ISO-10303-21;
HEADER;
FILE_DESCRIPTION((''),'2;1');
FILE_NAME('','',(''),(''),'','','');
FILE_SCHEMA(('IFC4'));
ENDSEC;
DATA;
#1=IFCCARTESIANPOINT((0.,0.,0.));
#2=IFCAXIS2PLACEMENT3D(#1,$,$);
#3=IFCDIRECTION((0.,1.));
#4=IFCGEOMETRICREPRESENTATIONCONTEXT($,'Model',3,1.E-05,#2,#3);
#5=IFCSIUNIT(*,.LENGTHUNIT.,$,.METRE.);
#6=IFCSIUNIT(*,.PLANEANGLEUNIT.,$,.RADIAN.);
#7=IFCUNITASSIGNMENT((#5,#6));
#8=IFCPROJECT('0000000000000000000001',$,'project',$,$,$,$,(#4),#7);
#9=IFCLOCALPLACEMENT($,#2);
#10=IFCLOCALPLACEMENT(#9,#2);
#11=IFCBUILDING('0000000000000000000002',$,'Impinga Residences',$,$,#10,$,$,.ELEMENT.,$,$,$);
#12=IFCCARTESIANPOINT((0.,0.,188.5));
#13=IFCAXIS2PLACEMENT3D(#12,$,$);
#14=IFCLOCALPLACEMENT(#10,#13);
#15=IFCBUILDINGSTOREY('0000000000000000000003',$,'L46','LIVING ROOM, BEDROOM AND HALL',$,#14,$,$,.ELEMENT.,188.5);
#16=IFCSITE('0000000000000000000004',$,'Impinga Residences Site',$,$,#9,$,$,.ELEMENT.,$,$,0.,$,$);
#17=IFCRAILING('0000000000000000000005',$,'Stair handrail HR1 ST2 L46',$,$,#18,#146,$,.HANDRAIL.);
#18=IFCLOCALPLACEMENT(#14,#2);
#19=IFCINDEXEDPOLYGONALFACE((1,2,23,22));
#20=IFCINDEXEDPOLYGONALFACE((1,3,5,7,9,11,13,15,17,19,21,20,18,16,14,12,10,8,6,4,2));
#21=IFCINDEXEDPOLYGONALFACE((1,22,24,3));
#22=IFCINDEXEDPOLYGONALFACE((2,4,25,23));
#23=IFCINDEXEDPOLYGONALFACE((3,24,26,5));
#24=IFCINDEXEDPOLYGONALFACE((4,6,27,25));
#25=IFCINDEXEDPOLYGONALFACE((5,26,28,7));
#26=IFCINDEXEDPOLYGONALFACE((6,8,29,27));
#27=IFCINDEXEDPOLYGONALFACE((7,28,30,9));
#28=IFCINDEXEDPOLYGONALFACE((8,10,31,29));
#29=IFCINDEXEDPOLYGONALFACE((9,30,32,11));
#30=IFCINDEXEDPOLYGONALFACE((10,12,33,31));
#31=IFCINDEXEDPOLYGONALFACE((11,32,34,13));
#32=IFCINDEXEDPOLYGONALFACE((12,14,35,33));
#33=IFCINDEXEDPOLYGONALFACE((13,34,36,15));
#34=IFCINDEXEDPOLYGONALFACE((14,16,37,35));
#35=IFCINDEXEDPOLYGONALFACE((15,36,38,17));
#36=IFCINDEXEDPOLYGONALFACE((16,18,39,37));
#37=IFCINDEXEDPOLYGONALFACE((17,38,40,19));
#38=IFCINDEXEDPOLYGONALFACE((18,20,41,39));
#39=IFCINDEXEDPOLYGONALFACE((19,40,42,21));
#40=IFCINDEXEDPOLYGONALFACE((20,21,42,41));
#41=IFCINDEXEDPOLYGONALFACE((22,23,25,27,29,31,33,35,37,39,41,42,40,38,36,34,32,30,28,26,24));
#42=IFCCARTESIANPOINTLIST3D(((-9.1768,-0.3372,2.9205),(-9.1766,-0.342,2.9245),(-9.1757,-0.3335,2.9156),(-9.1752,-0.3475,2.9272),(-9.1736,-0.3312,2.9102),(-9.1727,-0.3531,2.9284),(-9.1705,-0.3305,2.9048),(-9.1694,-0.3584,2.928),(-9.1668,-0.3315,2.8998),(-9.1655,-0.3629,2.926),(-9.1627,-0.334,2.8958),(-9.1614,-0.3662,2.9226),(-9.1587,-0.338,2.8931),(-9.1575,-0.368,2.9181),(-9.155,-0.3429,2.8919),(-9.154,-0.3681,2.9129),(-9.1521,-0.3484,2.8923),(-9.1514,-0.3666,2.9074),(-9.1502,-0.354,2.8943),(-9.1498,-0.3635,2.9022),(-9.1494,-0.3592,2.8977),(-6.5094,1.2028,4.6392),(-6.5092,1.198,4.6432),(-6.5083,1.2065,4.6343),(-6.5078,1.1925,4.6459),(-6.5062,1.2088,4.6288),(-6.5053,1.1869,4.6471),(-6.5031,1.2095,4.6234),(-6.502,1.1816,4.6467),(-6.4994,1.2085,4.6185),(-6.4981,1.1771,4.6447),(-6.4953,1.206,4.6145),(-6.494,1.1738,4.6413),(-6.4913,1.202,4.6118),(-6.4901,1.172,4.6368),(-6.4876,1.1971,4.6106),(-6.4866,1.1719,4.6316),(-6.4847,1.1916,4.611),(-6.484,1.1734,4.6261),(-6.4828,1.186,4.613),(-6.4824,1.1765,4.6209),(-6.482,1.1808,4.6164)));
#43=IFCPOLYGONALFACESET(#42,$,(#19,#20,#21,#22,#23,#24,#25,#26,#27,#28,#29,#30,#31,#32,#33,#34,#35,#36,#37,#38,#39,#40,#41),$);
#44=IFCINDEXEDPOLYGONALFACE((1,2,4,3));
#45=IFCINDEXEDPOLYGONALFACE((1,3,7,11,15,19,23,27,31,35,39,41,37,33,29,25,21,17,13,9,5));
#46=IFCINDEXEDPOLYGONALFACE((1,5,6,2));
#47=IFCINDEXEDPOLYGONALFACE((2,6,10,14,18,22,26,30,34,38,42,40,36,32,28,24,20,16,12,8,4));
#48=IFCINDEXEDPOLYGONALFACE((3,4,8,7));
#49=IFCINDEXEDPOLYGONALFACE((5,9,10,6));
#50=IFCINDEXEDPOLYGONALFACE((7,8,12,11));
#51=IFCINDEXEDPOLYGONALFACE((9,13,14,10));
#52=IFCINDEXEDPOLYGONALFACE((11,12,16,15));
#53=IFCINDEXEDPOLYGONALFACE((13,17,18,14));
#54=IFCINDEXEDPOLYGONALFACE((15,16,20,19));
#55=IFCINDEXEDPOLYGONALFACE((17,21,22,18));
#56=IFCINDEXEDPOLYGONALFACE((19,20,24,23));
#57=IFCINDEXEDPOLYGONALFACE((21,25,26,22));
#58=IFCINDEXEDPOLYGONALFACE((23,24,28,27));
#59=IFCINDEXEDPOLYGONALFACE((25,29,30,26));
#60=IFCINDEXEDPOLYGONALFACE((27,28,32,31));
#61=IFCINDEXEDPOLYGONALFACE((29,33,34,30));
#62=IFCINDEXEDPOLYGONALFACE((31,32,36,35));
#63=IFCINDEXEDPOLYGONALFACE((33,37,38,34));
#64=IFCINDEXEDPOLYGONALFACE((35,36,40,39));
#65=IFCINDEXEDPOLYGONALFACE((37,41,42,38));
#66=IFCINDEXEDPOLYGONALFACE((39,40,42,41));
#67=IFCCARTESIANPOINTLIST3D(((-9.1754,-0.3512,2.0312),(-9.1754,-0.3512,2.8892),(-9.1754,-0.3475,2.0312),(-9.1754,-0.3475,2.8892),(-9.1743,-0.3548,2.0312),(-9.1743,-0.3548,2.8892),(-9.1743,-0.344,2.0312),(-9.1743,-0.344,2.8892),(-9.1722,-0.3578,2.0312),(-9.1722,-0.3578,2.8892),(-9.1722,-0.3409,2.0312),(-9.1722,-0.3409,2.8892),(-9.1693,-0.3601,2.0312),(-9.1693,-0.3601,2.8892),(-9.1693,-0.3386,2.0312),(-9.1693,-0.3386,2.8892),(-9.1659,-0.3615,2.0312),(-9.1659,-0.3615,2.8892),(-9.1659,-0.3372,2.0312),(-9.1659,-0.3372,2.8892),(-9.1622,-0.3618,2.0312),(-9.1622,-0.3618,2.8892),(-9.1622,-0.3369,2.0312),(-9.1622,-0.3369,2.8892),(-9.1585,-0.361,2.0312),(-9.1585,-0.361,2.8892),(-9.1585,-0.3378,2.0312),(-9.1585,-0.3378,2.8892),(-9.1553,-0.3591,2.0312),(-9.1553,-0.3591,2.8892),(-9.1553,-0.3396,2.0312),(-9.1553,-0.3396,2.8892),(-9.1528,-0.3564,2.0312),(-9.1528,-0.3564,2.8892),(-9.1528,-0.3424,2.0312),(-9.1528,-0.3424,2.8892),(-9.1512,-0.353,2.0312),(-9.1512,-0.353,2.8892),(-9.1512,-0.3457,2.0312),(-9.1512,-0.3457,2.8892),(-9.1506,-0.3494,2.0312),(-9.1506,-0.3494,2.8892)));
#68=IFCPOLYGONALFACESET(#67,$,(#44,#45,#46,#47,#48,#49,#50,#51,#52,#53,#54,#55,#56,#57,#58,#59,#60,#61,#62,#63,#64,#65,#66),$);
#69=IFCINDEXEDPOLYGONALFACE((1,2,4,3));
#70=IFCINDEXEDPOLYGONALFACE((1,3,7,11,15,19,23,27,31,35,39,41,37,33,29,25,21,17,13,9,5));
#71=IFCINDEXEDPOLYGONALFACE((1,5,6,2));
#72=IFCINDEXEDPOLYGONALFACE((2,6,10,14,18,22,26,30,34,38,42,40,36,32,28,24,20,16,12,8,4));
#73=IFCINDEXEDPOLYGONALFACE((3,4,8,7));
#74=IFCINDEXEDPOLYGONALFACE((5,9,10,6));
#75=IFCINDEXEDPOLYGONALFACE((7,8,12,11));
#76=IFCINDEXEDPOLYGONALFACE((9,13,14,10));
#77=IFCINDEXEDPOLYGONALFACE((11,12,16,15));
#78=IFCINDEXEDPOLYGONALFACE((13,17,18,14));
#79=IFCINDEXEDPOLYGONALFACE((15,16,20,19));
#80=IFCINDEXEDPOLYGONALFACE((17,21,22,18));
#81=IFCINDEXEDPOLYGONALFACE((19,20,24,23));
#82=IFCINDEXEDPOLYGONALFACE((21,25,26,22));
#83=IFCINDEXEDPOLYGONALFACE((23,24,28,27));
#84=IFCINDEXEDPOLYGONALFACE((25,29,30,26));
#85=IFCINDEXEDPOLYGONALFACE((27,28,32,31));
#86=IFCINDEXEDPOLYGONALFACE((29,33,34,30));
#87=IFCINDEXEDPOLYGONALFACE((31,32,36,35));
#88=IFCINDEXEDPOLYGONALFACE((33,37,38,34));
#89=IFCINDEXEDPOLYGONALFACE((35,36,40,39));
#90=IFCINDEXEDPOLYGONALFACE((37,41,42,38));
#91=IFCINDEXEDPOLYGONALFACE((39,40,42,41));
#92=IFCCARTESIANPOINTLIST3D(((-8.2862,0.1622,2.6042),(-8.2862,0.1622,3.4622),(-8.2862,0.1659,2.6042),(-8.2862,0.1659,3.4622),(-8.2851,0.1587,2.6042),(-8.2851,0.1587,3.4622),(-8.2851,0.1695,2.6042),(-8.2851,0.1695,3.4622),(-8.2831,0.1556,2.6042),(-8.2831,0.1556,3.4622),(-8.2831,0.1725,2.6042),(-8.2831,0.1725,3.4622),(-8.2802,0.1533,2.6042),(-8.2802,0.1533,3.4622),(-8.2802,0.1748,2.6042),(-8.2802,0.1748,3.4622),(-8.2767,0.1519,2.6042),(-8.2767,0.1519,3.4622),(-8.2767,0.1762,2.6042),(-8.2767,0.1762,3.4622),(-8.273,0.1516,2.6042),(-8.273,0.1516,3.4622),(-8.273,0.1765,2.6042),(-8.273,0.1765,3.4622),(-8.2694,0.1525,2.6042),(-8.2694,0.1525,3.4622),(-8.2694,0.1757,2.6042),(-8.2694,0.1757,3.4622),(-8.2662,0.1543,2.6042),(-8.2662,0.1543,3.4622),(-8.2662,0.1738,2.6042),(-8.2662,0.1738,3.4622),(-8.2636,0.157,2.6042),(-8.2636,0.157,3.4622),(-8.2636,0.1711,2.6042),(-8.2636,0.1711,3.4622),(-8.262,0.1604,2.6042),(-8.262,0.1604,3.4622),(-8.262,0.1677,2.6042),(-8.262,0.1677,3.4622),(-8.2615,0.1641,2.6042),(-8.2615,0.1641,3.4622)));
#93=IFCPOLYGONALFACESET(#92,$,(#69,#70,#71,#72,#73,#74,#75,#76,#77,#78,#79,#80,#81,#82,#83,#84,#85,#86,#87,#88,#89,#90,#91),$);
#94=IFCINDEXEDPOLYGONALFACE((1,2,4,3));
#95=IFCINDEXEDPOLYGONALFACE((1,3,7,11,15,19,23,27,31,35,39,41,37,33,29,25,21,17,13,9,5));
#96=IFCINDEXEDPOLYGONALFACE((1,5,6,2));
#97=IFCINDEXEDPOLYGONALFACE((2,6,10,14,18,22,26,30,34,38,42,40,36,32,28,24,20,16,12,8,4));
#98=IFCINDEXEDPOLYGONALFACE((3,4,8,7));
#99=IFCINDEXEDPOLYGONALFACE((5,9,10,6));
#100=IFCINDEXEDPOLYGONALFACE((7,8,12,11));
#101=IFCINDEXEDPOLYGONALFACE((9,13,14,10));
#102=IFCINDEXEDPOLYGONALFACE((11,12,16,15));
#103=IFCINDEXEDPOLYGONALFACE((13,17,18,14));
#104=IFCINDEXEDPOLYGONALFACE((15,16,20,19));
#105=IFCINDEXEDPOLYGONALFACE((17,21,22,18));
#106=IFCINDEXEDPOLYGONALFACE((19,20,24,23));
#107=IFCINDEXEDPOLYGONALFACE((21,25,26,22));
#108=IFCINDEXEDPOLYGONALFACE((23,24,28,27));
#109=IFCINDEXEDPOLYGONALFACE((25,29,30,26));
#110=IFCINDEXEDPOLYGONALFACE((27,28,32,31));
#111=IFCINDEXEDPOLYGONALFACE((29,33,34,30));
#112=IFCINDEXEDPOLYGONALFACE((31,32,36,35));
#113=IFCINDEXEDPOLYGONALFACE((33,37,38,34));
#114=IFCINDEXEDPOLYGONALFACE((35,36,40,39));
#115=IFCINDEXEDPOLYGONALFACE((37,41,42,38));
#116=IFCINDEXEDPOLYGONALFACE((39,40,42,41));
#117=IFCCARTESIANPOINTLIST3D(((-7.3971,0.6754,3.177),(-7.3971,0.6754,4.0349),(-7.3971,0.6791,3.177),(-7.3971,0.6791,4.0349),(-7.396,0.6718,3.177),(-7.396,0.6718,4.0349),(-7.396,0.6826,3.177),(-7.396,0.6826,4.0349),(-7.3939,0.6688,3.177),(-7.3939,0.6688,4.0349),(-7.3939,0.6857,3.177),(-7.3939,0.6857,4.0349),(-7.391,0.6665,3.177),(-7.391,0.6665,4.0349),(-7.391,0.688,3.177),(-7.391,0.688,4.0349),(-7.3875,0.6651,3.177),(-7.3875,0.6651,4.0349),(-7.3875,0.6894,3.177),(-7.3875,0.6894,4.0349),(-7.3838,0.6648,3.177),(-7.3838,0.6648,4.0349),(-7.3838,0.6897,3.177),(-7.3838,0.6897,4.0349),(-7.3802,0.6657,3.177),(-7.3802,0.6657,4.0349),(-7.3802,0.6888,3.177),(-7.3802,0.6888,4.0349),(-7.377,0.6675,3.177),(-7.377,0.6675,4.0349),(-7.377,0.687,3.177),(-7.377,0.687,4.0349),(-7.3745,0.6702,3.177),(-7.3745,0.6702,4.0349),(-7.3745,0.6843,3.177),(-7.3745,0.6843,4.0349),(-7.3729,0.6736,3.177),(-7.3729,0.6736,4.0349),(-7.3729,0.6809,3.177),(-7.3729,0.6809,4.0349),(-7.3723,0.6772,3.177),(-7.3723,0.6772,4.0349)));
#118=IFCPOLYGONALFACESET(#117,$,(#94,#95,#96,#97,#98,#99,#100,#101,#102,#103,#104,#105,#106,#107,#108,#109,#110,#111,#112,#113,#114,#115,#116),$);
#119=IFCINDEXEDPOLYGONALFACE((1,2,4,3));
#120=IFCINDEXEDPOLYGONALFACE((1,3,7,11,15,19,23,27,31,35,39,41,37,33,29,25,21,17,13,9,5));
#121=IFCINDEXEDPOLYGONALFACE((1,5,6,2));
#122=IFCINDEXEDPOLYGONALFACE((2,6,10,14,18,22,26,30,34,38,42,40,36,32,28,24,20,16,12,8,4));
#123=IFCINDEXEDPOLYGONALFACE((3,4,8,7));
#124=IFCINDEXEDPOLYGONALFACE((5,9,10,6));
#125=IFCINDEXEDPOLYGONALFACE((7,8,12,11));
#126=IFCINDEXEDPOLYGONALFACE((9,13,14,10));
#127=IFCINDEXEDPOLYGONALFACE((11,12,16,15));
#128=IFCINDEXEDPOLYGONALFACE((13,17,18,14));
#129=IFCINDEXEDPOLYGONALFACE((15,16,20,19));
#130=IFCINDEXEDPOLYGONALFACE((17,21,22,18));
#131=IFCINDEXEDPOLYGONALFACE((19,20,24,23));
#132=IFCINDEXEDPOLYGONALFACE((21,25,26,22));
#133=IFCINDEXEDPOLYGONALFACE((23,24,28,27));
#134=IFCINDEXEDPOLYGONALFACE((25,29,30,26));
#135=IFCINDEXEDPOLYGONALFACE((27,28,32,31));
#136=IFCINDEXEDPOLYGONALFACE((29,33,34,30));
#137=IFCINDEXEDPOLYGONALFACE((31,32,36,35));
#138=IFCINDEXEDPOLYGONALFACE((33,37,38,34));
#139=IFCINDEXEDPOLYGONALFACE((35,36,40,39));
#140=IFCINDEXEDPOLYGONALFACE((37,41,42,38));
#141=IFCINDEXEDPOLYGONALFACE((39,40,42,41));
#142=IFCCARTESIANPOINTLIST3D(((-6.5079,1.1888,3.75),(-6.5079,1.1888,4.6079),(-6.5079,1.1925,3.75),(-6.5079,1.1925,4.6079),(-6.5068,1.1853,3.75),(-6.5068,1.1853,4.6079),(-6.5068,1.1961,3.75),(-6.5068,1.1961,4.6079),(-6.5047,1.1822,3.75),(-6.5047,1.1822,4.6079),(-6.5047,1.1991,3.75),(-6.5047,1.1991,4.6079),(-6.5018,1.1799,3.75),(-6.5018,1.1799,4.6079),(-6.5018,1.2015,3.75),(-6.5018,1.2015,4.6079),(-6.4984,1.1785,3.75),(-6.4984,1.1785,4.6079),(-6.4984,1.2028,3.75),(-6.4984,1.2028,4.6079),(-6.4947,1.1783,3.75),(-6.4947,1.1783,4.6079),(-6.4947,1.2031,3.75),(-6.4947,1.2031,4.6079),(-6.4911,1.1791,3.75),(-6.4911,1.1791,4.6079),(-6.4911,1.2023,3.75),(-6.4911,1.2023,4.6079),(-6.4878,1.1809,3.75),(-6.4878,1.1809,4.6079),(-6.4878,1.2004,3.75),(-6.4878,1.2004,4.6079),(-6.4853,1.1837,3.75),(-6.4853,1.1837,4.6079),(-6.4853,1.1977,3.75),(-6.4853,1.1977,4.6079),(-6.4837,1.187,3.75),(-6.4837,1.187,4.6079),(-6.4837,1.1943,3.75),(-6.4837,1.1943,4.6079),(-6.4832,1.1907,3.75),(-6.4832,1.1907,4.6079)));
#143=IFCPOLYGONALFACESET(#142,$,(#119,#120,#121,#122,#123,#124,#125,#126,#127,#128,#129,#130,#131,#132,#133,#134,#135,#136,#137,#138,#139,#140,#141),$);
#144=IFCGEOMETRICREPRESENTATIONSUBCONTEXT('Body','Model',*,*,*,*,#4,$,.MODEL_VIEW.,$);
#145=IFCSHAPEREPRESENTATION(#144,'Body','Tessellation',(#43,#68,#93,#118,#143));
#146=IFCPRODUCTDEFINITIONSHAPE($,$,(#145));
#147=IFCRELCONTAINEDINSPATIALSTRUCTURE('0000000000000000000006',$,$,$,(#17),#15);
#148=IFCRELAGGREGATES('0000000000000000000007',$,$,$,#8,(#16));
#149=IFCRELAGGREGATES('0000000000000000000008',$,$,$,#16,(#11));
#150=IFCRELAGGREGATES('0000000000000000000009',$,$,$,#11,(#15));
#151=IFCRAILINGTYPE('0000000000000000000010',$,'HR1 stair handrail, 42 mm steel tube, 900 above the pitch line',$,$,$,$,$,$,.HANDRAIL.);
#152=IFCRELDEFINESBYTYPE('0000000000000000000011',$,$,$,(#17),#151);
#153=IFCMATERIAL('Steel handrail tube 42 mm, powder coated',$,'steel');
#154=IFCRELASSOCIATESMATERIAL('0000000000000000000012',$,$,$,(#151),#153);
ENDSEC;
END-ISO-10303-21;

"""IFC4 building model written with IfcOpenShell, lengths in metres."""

from ifc_helpers import new_model, si_unit, direction, frame, origin, origin_2d, place, context, subcontext, project, spatial, circle, extrude, material, type_object, element, save


model = new_model("IFC4")

# Units and contexts
model_context = context("Model", 3, precision=1e-05, world=origin(), true_north=direction((0.0, 1.0)))
body_context = subcontext(model_context, "Body", "Model", "MODEL_VIEW")
ifc_project = project(units=[si_unit("LENGTHUNIT", "METRE"), si_unit("PLANEANGLEUNIT", "RADIAN")], contexts=[model_context])

# Site, building, storey
site_placement = place(None, origin())
site = spatial("IfcSite", under=ifc_project, at=site_placement, Name="Impinga Residences Site", CompositionType="ELEMENT", RefElevation=0.0)
building_placement = place(site_placement, origin())
building = spatial("IfcBuilding", under=site, at=building_placement, Name="Impinga Residences", CompositionType="ELEMENT")
storey_placement = place(building_placement, frame((0.0, 0.0, 188.5)))
storey = spatial("IfcBuildingStorey", under=building, at=storey_placement, Name="L46", Description="LIVING ROOM, BEDROOM AND HALL", CompositionType="ELEMENT", Elevation=188.5)

# Railing
ifc_material_1 = material(Name="Steel handrail tube 42 mm, powder coated", Category="steel")
railing_type_1 = type_object("IfcRailingType", Name="HR1 stair handrail, 42 mm steel tube, 900 above the pitch line", PredefinedType="HANDRAIL", material=ifc_material_1)
railing_1_placement = place(storey_placement, frame((-9.1631, -0.3494, 2.0312)))
element("IfcRailing", 1, at=railing_1_placement, inside=storey, type_object=railing_type_1, Name="Stair handrail HR1 ST2 L46", PredefinedType="HANDRAIL", context=body_context, shape_type="SweptSolid", body=[
    extrude(circle(Radius=0.021, at=origin_2d()), frame((0.0, 0.0, 0.8789), z_axis=(0.756256, 0.436616, 0.487282), x_axis=(-0.499992, 0.86603, 0.0)), (0.0, 0.0, 1.0), 3.5271),
    extrude(circle(Radius=0.0125, at=origin_2d()), origin(), (0.0, 0.0, 1.0), 0.8579),
    extrude(circle(Radius=0.0125, at=origin_2d()), frame((0.8892, 0.5134, 0.573)), (0.0, 0.0, 1.0), 0.8579),
    extrude(circle(Radius=0.0125, at=origin_2d()), frame((1.7783, 1.0266, 1.1458)), (0.0, 0.0, 1.0), 0.8579),
    extrude(circle(Radius=0.0125, at=origin_2d()), frame((2.6675, 1.54, 1.7188)), (0.0, 0.0, 1.0), 0.8579),
])

save(model, "model.ifc")
